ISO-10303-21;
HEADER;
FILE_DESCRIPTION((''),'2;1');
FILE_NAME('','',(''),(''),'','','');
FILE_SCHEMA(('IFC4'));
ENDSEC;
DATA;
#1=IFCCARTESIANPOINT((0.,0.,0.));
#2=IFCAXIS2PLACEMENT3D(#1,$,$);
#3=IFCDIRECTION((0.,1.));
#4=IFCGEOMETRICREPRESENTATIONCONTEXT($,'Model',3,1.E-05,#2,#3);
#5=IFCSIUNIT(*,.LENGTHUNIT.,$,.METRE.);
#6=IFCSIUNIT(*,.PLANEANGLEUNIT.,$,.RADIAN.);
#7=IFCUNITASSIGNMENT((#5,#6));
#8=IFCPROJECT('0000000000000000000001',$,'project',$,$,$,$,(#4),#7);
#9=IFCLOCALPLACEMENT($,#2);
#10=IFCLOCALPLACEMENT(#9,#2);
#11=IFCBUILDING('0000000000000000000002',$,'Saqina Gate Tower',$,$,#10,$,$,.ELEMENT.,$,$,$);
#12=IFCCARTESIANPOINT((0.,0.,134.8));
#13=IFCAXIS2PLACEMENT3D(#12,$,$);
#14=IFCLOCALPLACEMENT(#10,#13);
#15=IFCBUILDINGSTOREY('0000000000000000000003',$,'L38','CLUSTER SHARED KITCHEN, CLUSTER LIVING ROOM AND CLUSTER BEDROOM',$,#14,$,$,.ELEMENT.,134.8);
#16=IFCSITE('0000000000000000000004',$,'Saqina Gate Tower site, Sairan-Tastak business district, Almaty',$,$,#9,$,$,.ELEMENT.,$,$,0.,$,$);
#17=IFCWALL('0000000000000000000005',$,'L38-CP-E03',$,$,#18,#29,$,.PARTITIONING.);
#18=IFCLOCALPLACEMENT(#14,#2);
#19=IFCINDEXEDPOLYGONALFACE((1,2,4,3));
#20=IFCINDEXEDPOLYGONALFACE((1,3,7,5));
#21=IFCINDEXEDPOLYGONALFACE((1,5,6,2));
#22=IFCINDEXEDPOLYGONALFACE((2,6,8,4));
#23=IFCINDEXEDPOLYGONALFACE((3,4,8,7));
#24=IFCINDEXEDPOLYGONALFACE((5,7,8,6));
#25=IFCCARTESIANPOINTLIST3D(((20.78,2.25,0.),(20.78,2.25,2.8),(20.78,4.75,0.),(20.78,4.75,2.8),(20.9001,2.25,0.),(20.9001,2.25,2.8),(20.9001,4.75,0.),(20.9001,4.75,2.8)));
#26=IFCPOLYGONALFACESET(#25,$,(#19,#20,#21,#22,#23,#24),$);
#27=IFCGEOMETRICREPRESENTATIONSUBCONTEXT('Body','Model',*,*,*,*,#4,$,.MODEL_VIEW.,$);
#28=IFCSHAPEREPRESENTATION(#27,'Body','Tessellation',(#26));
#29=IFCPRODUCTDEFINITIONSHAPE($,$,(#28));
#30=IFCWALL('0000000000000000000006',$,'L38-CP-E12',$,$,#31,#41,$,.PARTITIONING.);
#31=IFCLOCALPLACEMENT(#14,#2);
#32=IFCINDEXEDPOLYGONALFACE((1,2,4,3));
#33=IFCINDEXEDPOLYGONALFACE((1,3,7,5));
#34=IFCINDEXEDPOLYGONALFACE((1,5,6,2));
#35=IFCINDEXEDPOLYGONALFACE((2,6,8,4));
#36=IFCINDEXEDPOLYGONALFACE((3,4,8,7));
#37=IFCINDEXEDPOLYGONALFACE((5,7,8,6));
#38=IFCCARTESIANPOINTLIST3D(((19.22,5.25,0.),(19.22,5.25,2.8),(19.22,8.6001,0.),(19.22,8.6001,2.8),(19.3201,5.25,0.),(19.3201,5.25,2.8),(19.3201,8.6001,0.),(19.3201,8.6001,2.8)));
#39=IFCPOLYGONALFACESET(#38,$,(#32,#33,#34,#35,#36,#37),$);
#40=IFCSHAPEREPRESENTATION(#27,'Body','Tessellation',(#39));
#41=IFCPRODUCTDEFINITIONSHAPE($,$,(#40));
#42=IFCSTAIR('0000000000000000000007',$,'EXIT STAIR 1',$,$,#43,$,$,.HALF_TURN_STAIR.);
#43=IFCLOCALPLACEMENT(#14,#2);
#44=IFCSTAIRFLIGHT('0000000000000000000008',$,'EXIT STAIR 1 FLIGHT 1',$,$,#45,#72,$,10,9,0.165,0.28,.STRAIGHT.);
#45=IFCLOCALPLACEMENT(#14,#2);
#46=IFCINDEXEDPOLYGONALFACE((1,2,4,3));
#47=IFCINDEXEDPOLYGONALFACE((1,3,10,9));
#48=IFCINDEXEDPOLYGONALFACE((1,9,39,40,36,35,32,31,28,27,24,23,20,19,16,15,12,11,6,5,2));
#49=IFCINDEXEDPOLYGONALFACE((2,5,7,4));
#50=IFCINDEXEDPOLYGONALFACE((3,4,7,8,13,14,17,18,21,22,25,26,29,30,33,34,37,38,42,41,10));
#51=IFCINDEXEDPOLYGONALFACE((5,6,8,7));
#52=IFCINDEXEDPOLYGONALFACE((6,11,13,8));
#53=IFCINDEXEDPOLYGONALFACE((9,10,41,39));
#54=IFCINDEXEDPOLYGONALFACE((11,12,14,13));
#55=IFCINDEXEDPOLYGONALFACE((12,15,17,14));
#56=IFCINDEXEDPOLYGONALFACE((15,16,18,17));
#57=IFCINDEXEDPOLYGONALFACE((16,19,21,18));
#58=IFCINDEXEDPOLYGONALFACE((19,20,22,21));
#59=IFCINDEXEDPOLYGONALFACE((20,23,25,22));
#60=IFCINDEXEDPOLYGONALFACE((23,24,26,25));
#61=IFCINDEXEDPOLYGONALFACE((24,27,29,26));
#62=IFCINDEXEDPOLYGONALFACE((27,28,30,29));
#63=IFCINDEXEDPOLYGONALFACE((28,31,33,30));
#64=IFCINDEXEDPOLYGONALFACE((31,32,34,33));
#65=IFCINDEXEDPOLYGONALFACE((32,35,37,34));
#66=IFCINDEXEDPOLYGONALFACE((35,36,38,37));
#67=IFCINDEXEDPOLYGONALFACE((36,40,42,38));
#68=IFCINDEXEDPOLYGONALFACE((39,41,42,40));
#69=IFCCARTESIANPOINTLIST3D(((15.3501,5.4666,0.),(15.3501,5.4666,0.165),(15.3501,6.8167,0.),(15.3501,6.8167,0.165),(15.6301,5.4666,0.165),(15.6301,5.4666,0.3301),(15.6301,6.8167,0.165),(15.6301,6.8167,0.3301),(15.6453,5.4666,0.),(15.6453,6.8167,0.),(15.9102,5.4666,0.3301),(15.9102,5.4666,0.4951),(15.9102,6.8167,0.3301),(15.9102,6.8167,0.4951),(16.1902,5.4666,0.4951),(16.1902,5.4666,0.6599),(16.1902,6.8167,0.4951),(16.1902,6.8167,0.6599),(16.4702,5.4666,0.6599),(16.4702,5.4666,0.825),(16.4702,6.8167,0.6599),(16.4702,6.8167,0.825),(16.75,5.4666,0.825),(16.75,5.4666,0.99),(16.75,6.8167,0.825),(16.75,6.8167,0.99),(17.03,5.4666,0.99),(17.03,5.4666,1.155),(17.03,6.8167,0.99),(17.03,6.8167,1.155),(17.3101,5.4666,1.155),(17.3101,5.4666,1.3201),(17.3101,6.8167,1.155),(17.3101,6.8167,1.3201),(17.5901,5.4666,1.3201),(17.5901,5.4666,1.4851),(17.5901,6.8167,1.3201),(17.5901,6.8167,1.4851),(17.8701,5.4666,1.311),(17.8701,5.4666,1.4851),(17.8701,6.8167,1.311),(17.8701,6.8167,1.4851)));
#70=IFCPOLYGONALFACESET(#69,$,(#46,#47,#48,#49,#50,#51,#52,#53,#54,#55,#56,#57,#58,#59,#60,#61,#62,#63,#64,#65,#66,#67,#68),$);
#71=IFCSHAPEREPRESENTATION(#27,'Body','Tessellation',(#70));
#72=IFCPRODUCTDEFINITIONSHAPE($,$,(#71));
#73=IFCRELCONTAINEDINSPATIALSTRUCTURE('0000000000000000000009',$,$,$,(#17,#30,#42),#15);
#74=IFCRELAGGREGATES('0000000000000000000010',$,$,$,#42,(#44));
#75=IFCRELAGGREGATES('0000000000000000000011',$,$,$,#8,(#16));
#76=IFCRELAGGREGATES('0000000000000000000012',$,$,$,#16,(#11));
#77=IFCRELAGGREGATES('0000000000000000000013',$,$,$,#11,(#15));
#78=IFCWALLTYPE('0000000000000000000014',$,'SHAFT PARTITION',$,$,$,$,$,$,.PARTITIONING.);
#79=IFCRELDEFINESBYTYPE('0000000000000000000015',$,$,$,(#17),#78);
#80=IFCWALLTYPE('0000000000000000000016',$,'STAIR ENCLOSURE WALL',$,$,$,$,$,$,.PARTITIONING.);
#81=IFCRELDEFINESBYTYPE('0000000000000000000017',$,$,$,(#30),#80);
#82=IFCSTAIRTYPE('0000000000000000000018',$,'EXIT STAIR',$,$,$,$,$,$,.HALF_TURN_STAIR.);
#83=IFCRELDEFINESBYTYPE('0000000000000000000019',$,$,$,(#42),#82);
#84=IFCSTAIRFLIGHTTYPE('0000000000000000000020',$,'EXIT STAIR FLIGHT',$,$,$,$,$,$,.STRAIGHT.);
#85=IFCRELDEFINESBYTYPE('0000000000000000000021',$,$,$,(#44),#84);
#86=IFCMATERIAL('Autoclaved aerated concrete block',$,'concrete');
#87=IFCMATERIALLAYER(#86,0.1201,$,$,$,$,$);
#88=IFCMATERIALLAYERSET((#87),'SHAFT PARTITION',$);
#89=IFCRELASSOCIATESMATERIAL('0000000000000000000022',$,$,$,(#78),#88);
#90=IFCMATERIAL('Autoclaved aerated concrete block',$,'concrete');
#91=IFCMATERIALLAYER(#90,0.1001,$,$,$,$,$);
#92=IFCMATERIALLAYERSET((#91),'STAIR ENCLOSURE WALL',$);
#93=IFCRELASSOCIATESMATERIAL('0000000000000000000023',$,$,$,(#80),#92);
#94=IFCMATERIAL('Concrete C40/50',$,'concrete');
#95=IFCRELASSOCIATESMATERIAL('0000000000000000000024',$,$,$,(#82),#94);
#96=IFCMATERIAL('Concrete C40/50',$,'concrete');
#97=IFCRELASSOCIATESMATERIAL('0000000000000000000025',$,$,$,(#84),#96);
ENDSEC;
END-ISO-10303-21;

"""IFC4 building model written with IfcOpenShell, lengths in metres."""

from ifc_helpers import new_model, si_unit, direction, frame, frame_2d, origin, place, context, subcontext, project, spatial, polyline, rectangle, outline, extrude, material, layer, layer_set, type_object, element, aggregate, save


model = new_model("IFC4")

# Units and contexts
model_context = context("Model", 3, precision=1e-05, world=origin(), true_north=direction((0.0, 1.0)))
body_context = subcontext(model_context, "Body", "Model", "MODEL_VIEW")
ifc_project = project(units=[si_unit("LENGTHUNIT", "METRE"), si_unit("PLANEANGLEUNIT", "RADIAN")], contexts=[model_context])

# Site, building, storey
site_placement = place(None, origin())
site = spatial("IfcSite", under=ifc_project, at=site_placement, Name="Saqina Gate Tower site, Sairan-Tastak business district, Almaty", CompositionType="ELEMENT", RefElevation=0.0)
building_placement = place(site_placement, origin())
building = spatial("IfcBuilding", under=site, at=building_placement, Name="Saqina Gate Tower", CompositionType="ELEMENT")
storey_placement = place(building_placement, frame((0.0, 0.0, 134.8)))
storey = spatial("IfcBuildingStorey", under=building, at=storey_placement, Name="L38", Description="CLUSTER SHARED KITCHEN, CLUSTER LIVING ROOM AND CLUSTER BEDROOM", CompositionType="ELEMENT", Elevation=134.8)

# Walls
ifc_material_1 = material(Name="Autoclaved aerated concrete block", Category="concrete")
ifc_layer_1 = layer(ifc_material_1, 0.1201)
ifc_layer_set_1 = layer_set([ifc_layer_1], Name="SHAFT PARTITION")
wall_type_1 = type_object("IfcWallType", Name="SHAFT PARTITION", PredefinedType="PARTITIONING", material=ifc_layer_set_1)
for number, where, z_axis, x_axis, name in (
    (1, (20.8401, 2.25, 0.0), (0.0, 0.0, 1.0), (0.0, 1.0, 0.0), "L38-CP-E03"),
):
    element("IfcWall", number, at=place(storey_placement, frame(where, z_axis=z_axis, x_axis=x_axis)), inside=storey, type_object=wall_type_1, Name=name, PredefinedType="PARTITIONING", context=body_context, shape_type="SweptSolid", body=[
        extrude(rectangle(XDim=2.5, YDim=0.1201, at=frame_2d((1.25, 0.0))), origin(), (0.0, 0.0, 1.0), 2.8),
    ])
ifc_material_2 = material(Name="Autoclaved aerated concrete block", Category="concrete")
ifc_layer_2 = layer(ifc_material_2, 0.1001)
ifc_layer_set_2 = layer_set([ifc_layer_2], Name="STAIR ENCLOSURE WALL")
wall_type_2 = type_object("IfcWallType", Name="STAIR ENCLOSURE WALL", PredefinedType="PARTITIONING", material=ifc_layer_set_2)
wall_1_placement = place(storey_placement, frame((19.27, 5.25, 0.0), z_axis=(0.0, 0.0, 1.0), x_axis=(0.0, 1.0, 0.0)))
element("IfcWall", 2, at=wall_1_placement, inside=storey, type_object=wall_type_2, Name="L38-CP-E12", PredefinedType="PARTITIONING", context=body_context, shape_type="SweptSolid", body=[
    extrude(rectangle(XDim=3.3501, YDim=0.1001, at=frame_2d((1.675, 0.0))), origin(), (0.0, 0.0, 1.0), 2.8),
])

# Stair, stair flight
ifc_material_3 = material(Name="Concrete C40/50", Category="concrete")
stair_type = type_object("IfcStairType", Name="EXIT STAIR", PredefinedType="HALF_TURN_STAIR", material=ifc_material_3)
stair_placement = place(storey_placement, origin())
stair = element("IfcStair", 3, at=stair_placement, inside=storey, type_object=stair_type, Name="EXIT STAIR 1", PredefinedType="HALF_TURN_STAIR")
ifc_material_4 = material(Name="Concrete C40/50", Category="concrete")
stair_flight_type = type_object("IfcStairFlightType", Name="EXIT STAIR FLIGHT", PredefinedType="STRAIGHT", material=ifc_material_4)
stair_flight_placement = place(storey_placement, frame((15.3501, 6.1416, 0.0), z_axis=(0.0, 0.0, 1.0), x_axis=(1.0, 0.0, 0.0)))
stair_flight = element("IfcStairFlight", 4, at=stair_flight_placement, type_object=stair_flight_type, Name="EXIT STAIR 1 FLIGHT 1", NumberOfRisers=10, NumberOfTreads=9, PredefinedType="STRAIGHT", RiserHeight=0.165, TreadLength=0.28, context=body_context, shape_type="SweptSolid", body=[
    extrude(outline(polyline([(0.0, 0.0), (0.0, 0.165), (0.28, 0.165), (0.28, 0.3301), (0.5601, 0.3301), (0.5601, 0.4951), (0.8401, 0.4951), (0.8401, 0.6599), (1.1201, 0.6599), (1.1201, 0.825), (1.3999, 0.825), (1.3999, 0.99), (1.6799, 0.99), (1.6799, 1.155), (1.96, 1.155), (1.96, 1.3201), (2.24, 1.3201), (2.24, 1.4851), (2.52, 1.4851), (2.52, 1.6499), (2.52, 1.311), (0.2952, 0.0), (0.0, 0.0)])), frame((0.0, 0.675, 0.0), z_axis=(0.0, -1.0, 0.0), x_axis=(1.0, 0.0, 0.0)), (0.0, 0.0, 1.0), 1.3501),
])
aggregate(stair, [stair_flight])

save(model, "model.ifc")
